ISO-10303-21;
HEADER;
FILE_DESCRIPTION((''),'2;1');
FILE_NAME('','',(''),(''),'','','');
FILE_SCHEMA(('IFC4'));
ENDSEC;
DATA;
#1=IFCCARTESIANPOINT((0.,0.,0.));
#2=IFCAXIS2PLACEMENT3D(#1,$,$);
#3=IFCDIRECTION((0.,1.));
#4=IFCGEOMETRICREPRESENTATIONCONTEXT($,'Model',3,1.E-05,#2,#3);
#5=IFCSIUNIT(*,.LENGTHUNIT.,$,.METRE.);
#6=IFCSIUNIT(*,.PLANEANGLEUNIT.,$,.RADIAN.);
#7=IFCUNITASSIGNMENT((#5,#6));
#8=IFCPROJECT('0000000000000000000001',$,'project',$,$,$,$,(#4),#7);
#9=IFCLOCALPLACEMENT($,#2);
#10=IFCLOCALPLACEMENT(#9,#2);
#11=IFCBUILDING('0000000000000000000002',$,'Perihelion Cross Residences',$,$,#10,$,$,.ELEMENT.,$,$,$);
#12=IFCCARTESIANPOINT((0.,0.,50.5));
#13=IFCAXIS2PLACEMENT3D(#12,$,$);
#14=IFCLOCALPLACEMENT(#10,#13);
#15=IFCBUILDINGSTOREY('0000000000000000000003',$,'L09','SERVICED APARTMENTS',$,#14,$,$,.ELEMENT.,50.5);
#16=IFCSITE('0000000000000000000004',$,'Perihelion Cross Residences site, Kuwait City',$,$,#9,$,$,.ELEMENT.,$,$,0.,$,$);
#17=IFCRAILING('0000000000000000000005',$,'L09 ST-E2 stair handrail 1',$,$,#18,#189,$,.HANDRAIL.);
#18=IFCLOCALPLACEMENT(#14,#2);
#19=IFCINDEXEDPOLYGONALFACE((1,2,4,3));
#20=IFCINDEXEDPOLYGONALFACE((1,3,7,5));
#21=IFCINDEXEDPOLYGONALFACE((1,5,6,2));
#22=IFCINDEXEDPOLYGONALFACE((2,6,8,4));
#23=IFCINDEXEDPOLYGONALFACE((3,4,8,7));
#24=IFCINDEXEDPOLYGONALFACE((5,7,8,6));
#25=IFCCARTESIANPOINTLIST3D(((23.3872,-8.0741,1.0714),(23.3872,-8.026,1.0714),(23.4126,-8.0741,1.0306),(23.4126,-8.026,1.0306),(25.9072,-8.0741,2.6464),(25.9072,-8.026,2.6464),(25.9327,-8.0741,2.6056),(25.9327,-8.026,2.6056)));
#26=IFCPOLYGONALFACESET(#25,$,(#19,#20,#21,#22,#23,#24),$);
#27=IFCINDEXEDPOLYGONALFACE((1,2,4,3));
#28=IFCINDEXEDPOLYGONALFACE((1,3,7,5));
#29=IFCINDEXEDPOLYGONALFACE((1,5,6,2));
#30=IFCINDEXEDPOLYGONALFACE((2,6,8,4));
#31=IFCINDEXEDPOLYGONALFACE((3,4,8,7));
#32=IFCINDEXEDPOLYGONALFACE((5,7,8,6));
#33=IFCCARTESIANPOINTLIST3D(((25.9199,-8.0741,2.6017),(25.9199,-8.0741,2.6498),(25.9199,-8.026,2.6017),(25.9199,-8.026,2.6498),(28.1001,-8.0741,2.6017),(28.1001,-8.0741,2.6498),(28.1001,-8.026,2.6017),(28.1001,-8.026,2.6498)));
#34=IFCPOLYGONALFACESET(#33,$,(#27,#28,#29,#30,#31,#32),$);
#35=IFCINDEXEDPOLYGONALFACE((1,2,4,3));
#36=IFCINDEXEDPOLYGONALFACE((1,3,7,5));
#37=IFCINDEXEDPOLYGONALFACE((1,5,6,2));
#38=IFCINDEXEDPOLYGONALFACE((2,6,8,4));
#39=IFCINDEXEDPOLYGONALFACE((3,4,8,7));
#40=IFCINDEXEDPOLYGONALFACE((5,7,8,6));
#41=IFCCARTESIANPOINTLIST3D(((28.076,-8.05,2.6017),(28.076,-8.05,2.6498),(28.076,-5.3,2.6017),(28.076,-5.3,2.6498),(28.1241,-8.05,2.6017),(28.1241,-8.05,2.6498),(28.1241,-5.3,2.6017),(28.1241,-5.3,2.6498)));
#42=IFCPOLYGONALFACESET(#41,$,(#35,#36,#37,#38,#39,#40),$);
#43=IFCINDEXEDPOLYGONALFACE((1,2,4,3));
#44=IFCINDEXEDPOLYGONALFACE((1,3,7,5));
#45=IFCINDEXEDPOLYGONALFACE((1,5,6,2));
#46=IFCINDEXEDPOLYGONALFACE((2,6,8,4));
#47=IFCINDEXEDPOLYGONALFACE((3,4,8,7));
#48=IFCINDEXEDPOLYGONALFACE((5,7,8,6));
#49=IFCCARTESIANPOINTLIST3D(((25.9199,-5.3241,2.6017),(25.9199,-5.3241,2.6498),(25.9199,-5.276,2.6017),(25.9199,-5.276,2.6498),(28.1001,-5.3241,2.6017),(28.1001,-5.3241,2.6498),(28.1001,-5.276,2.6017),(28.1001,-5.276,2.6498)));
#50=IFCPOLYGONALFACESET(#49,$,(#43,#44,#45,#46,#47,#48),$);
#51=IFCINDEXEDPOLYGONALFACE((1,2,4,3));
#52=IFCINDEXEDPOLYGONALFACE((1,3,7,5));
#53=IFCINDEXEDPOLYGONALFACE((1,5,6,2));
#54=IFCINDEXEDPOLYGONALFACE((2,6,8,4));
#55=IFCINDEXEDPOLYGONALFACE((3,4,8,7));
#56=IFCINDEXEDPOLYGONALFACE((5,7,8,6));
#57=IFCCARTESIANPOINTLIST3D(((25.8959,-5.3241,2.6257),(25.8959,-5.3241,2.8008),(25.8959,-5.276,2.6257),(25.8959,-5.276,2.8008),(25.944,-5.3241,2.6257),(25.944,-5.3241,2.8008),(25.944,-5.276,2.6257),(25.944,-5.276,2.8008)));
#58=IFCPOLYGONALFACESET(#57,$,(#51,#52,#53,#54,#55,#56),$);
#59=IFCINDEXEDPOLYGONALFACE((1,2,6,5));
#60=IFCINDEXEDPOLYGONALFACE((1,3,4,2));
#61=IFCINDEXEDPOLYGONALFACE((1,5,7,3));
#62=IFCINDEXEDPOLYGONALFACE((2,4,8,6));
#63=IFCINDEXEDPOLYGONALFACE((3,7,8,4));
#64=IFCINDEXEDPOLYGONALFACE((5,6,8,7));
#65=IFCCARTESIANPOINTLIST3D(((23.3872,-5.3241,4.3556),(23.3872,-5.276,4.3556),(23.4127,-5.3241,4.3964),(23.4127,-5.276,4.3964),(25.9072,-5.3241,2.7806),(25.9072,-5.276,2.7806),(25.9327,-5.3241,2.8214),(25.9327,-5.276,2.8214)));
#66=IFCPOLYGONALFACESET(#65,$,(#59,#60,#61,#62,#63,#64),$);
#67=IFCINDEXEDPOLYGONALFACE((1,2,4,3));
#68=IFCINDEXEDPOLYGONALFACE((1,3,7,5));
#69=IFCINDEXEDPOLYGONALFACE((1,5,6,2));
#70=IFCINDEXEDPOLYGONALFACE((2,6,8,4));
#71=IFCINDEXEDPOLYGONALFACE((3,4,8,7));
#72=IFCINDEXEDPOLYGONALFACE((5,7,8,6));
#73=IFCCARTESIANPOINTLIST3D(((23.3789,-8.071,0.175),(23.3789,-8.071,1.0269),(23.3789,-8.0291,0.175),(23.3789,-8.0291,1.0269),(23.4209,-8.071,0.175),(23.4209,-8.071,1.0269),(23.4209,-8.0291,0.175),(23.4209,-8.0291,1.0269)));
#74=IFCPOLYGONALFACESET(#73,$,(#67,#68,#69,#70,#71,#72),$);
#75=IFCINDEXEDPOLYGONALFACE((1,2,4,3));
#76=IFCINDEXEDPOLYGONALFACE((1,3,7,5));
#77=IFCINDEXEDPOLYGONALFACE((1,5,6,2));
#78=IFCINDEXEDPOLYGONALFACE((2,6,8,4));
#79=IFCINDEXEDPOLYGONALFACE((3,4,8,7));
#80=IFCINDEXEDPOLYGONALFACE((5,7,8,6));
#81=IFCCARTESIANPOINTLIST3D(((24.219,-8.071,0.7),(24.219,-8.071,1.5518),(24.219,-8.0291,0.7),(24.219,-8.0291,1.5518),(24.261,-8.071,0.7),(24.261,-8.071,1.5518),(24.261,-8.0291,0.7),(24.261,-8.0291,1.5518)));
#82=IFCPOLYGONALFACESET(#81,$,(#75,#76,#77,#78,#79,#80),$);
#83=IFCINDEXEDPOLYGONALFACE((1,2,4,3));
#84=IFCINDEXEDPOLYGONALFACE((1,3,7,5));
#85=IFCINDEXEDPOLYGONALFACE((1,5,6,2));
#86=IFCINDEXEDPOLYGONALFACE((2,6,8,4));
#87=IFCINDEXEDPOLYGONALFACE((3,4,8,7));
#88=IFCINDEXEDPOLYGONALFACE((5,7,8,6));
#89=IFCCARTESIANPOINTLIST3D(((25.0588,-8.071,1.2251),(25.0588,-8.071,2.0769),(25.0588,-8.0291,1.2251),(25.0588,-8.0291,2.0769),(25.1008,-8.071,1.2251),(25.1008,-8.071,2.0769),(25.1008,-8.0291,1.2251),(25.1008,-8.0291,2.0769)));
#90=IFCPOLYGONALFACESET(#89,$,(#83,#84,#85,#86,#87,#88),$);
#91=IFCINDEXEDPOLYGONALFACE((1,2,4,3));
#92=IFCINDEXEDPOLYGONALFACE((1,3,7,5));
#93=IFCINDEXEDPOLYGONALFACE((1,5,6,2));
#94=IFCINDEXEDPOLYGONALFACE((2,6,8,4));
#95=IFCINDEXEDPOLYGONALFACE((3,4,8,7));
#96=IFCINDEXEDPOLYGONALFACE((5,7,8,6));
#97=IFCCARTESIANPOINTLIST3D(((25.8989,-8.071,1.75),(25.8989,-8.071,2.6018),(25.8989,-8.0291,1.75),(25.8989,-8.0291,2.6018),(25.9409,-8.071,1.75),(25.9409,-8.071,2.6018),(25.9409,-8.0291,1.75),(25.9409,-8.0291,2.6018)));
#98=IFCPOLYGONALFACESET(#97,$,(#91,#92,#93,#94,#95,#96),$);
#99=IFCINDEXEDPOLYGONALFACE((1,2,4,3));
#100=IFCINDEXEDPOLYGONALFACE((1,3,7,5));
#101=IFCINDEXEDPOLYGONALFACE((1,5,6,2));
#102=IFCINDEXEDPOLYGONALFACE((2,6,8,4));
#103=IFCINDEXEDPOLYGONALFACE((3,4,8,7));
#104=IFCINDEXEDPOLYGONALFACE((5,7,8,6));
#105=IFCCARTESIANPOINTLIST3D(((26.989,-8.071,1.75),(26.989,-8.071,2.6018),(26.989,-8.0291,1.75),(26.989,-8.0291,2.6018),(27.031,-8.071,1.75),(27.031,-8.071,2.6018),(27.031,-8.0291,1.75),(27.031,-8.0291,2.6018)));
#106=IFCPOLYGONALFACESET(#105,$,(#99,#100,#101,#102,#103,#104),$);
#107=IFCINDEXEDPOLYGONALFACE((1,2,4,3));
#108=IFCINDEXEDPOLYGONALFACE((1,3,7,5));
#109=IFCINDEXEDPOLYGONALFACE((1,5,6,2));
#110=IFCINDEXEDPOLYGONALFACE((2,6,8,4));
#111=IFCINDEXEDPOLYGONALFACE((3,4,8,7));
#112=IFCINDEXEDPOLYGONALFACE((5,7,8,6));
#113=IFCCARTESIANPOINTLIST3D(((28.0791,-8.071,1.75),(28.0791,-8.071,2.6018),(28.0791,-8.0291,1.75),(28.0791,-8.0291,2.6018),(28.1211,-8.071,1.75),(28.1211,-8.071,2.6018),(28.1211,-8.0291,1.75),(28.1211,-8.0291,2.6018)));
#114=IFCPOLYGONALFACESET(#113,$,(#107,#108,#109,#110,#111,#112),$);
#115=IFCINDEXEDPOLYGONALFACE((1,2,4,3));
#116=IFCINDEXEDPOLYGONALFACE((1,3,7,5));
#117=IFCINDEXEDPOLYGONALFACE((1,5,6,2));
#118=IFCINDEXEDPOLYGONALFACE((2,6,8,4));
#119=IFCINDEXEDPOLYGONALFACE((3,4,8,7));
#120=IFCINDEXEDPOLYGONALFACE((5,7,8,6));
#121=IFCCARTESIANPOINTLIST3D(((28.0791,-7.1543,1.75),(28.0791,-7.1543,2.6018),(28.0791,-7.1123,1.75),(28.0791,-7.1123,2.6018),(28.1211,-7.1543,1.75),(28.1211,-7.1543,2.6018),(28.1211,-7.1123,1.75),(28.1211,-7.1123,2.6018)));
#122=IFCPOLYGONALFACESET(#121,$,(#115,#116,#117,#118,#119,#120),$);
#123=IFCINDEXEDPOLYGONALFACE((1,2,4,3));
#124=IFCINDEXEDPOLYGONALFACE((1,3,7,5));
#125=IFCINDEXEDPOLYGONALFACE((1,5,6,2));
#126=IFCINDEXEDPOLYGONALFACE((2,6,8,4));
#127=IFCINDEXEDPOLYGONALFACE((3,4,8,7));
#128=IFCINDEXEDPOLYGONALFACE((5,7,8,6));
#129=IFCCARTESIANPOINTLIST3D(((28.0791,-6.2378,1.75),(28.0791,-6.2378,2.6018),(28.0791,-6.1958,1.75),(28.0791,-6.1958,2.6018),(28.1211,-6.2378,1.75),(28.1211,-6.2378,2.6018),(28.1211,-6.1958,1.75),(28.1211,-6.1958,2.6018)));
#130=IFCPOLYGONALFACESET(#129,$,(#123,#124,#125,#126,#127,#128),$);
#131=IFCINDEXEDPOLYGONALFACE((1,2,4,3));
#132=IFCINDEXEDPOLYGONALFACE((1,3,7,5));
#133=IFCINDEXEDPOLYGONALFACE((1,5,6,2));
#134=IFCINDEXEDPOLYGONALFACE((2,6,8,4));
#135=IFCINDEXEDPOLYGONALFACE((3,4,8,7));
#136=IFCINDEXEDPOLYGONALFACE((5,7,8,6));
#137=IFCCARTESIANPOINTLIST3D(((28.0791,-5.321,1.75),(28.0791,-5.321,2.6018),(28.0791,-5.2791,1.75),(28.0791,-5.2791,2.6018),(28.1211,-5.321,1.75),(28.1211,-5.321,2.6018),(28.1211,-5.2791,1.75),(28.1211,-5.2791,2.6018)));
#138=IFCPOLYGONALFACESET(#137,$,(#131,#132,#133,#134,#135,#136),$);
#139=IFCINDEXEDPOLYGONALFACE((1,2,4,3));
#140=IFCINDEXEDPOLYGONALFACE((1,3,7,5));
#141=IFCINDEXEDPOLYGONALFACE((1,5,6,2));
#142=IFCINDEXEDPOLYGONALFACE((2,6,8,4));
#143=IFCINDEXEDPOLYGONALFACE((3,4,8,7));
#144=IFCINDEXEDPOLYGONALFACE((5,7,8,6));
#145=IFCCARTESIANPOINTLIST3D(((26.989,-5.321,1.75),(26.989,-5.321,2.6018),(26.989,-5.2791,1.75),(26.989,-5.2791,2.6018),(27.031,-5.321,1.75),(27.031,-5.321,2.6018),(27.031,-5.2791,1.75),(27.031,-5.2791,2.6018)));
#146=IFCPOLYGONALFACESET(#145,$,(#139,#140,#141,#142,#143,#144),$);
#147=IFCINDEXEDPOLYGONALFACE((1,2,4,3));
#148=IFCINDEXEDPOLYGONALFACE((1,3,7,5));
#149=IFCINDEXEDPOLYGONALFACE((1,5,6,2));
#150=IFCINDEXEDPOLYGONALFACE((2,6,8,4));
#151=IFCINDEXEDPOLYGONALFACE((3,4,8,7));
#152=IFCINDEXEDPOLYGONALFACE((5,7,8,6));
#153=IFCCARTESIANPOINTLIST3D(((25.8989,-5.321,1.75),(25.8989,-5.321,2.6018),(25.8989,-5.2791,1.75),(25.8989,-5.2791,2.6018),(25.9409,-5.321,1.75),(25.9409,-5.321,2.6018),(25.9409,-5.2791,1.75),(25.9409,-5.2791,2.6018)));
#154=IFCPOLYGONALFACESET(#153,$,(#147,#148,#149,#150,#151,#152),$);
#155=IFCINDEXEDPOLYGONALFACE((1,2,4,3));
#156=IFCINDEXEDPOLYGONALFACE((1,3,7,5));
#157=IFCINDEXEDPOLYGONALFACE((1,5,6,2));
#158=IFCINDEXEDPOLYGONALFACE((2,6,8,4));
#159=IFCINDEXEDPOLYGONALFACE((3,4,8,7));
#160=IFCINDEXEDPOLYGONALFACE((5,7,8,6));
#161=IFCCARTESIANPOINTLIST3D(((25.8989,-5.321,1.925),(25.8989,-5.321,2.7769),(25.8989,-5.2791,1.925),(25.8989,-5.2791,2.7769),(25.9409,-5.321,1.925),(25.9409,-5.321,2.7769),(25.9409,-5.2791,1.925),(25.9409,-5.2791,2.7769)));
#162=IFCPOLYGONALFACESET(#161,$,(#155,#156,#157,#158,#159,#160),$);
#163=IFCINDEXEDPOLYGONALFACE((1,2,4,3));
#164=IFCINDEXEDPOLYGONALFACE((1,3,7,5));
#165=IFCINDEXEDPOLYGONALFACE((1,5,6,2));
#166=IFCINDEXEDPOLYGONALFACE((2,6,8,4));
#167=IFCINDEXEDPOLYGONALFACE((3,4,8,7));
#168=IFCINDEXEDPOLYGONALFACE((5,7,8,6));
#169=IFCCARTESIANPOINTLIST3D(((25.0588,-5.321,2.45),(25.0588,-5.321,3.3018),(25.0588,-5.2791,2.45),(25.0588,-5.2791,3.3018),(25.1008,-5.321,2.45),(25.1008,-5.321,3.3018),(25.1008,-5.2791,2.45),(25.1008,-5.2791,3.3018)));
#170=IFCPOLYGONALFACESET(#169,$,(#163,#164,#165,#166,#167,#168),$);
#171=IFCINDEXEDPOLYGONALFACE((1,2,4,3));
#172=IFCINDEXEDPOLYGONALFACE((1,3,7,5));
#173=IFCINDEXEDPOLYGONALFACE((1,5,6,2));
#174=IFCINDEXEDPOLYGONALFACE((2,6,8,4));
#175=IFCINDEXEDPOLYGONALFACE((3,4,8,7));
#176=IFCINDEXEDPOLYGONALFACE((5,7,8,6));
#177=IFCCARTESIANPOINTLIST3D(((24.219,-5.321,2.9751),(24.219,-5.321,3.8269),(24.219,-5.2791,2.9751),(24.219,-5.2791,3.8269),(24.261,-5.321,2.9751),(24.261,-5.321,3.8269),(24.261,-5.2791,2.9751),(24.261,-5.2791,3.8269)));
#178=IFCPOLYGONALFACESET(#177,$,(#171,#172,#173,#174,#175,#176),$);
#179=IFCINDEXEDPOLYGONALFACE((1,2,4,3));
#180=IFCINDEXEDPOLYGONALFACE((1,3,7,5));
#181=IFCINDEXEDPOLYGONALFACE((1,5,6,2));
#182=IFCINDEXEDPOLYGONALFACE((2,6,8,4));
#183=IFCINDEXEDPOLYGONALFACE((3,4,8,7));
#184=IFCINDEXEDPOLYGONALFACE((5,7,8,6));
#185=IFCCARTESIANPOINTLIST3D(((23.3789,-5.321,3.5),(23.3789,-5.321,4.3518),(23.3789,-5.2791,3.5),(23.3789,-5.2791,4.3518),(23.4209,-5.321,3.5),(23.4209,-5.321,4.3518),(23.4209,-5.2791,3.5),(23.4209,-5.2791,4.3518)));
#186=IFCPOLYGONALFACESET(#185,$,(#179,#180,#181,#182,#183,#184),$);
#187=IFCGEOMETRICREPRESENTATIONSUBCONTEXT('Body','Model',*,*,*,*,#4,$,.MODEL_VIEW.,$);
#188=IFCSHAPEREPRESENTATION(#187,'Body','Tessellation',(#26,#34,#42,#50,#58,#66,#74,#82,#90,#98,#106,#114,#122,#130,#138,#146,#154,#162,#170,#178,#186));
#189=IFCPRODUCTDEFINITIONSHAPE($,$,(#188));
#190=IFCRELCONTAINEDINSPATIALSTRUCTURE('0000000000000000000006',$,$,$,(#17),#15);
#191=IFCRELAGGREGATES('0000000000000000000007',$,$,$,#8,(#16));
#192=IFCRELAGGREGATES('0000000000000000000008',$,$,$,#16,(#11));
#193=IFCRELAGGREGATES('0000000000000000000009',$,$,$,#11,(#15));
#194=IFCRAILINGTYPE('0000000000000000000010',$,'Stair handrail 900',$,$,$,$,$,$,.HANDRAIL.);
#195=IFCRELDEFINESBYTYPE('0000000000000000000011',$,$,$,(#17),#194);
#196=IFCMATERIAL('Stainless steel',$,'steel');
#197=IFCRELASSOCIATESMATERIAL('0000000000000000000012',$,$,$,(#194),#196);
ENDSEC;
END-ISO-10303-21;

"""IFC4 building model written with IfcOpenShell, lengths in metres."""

from ifc_helpers import new_model, si_unit, direction, frame, origin, origin_2d, place, context, subcontext, project, spatial, rectangle, extrude, material, type_object, element, save


model = new_model("IFC4")

# Units and contexts
model_context = context("Model", 3, precision=1e-05, world=origin(), true_north=direction((0.0, 1.0)))
body_context = subcontext(model_context, "Body", "Model", "MODEL_VIEW")
ifc_project = project(units=[si_unit("LENGTHUNIT", "METRE"), si_unit("PLANEANGLEUNIT", "RADIAN")], contexts=[model_context])

# Site, building, storey
site_placement = place(None, origin())
site = spatial("IfcSite", under=ifc_project, at=site_placement, Name="Perihelion Cross Residences site, Kuwait City", CompositionType="ELEMENT", RefElevation=0.0)
building_placement = place(site_placement, origin())
building = spatial("IfcBuilding", under=site, at=building_placement, Name="Perihelion Cross Residences", CompositionType="ELEMENT")
storey_placement = place(building_placement, frame((0.0, 0.0, 50.5)))
storey = spatial("IfcBuildingStorey", under=building, at=storey_placement, Name="L09", Description="SERVICED APARTMENTS", CompositionType="ELEMENT", Elevation=50.5)

# Railing
ifc_material_1 = material(Name="Stainless steel", Category="steel")
railing_type_1 = type_object("IfcRailingType", Name="Stair handrail 900", PredefinedType="HANDRAIL", material=ifc_material_1)
railing_1_placement = place(storey_placement, frame((23.3999, -8.05, 0.175)))
element("IfcRailing", 1, at=railing_1_placement, inside=storey, type_object=railing_type_1, Name="L09 ST-E2 stair handrail 1", PredefinedType="HANDRAIL", context=body_context, shape_type="SweptSolid", body=[
    extrude(rectangle(XDim=0.0481, YDim=0.0481, at=origin_2d()), frame((0.0, 0.0, 0.876), z_axis=(0.848008, 0.0, 0.529984), x_axis=(0.0, 1.0, 0.0)), (0.0, 0.0, 1.0), 2.9717),
    extrude(rectangle(XDim=0.0481, YDim=0.0481, at=origin_2d()), frame((2.52, 0.0, 2.4507), z_axis=(1.0, 0.0, 0.0), x_axis=(0.0, 1.0, 0.0)), (0.0, 0.0, 1.0), 2.1802),
    extrude(rectangle(XDim=0.0481, YDim=0.0481, at=origin_2d()), frame((4.7002, 0.0, 2.4507), z_axis=(0.0, 1.0, 0.0), x_axis=(-1.0, 0.0, 0.0)), (0.0, 0.0, 1.0), 2.75),
    extrude(rectangle(XDim=0.0481, YDim=0.0481, at=origin_2d()), frame((4.7002, 2.75, 2.4507), z_axis=(-1.0, 0.0, 0.0), x_axis=(0.0, -1.0, 0.0)), (0.0, 0.0, 1.0), 2.1802),
    extrude(rectangle(XDim=0.0481, YDim=0.0481, at=origin_2d()), frame((2.52, 2.75, 2.4507), z_axis=(0.0, 0.0, 1.0), x_axis=(1.0, 0.0, 0.0)), (0.0, 0.0, 1.0), 0.175),
    extrude(rectangle(XDim=0.0481, YDim=0.0481, at=origin_2d()), frame((2.52, 2.75, 2.626), z_axis=(-0.848008, 0.0, 0.529984), x_axis=(0.0, -1.0, 0.0)), (0.0, 0.0, 1.0), 2.9717),
    extrude(rectangle(XDim=0.042, YDim=0.042, at=origin_2d()), origin(), (0.0, 0.0, 1.0), 0.8518),
    extrude(rectangle(XDim=0.042, YDim=0.042, at=origin_2d()), frame((0.8401, 0.0, 0.5249)), (0.0, 0.0, 1.0), 0.8518),
    extrude(rectangle(XDim=0.042, YDim=0.042, at=origin_2d()), frame((1.6799, 0.0, 1.05)), (0.0, 0.0, 1.0), 0.8518),
    extrude(rectangle(XDim=0.042, YDim=0.042, at=origin_2d()), frame((2.52, 0.0, 1.575)), (0.0, 0.0, 1.0), 0.8518),
    extrude(rectangle(XDim=0.042, YDim=0.042, at=origin_2d()), frame((3.6101, 0.0, 1.575)), (0.0, 0.0, 1.0), 0.8518),
    extrude(rectangle(XDim=0.042, YDim=0.042, at=origin_2d()), frame((4.7002, 0.0, 1.575)), (0.0, 0.0, 1.0), 0.8518),
    extrude(rectangle(XDim=0.042, YDim=0.042, at=origin_2d()), frame((4.7002, 0.9167, 1.575)), (0.0, 0.0, 1.0), 0.8518),
    extrude(rectangle(XDim=0.042, YDim=0.042, at=origin_2d()), frame((4.7002, 1.8333, 1.575)), (0.0, 0.0, 1.0), 0.8518),
    extrude(rectangle(XDim=0.042, YDim=0.042, at=origin_2d()), frame((4.7002, 2.75, 1.575)), (0.0, 0.0, 1.0), 0.8518),
    extrude(rectangle(XDim=0.042, YDim=0.042, at=origin_2d()), frame((3.6101, 2.75, 1.575)), (0.0, 0.0, 1.0), 0.8518),
    extrude(rectangle(XDim=0.042, YDim=0.042, at=origin_2d()), frame((2.52, 2.75, 1.575)), (0.0, 0.0, 1.0), 0.8518),
    extrude(rectangle(XDim=0.042, YDim=0.042, at=origin_2d()), frame((2.52, 2.75, 1.75)), (0.0, 0.0, 1.0), 0.8518),
    extrude(rectangle(XDim=0.042, YDim=0.042, at=origin_2d()), frame((1.6799, 2.75, 2.2749)), (0.0, 0.0, 1.0), 0.8518),
    extrude(rectangle(XDim=0.042, YDim=0.042, at=origin_2d()), frame((0.8401, 2.75, 2.8)), (0.0, 0.0, 1.0), 0.8518),
    extrude(rectangle(XDim=0.042, YDim=0.042, at=origin_2d()), frame((0.0, 2.75, 3.325)), (0.0, 0.0, 1.0), 0.8518),
])

save(model, "model.ifc")
